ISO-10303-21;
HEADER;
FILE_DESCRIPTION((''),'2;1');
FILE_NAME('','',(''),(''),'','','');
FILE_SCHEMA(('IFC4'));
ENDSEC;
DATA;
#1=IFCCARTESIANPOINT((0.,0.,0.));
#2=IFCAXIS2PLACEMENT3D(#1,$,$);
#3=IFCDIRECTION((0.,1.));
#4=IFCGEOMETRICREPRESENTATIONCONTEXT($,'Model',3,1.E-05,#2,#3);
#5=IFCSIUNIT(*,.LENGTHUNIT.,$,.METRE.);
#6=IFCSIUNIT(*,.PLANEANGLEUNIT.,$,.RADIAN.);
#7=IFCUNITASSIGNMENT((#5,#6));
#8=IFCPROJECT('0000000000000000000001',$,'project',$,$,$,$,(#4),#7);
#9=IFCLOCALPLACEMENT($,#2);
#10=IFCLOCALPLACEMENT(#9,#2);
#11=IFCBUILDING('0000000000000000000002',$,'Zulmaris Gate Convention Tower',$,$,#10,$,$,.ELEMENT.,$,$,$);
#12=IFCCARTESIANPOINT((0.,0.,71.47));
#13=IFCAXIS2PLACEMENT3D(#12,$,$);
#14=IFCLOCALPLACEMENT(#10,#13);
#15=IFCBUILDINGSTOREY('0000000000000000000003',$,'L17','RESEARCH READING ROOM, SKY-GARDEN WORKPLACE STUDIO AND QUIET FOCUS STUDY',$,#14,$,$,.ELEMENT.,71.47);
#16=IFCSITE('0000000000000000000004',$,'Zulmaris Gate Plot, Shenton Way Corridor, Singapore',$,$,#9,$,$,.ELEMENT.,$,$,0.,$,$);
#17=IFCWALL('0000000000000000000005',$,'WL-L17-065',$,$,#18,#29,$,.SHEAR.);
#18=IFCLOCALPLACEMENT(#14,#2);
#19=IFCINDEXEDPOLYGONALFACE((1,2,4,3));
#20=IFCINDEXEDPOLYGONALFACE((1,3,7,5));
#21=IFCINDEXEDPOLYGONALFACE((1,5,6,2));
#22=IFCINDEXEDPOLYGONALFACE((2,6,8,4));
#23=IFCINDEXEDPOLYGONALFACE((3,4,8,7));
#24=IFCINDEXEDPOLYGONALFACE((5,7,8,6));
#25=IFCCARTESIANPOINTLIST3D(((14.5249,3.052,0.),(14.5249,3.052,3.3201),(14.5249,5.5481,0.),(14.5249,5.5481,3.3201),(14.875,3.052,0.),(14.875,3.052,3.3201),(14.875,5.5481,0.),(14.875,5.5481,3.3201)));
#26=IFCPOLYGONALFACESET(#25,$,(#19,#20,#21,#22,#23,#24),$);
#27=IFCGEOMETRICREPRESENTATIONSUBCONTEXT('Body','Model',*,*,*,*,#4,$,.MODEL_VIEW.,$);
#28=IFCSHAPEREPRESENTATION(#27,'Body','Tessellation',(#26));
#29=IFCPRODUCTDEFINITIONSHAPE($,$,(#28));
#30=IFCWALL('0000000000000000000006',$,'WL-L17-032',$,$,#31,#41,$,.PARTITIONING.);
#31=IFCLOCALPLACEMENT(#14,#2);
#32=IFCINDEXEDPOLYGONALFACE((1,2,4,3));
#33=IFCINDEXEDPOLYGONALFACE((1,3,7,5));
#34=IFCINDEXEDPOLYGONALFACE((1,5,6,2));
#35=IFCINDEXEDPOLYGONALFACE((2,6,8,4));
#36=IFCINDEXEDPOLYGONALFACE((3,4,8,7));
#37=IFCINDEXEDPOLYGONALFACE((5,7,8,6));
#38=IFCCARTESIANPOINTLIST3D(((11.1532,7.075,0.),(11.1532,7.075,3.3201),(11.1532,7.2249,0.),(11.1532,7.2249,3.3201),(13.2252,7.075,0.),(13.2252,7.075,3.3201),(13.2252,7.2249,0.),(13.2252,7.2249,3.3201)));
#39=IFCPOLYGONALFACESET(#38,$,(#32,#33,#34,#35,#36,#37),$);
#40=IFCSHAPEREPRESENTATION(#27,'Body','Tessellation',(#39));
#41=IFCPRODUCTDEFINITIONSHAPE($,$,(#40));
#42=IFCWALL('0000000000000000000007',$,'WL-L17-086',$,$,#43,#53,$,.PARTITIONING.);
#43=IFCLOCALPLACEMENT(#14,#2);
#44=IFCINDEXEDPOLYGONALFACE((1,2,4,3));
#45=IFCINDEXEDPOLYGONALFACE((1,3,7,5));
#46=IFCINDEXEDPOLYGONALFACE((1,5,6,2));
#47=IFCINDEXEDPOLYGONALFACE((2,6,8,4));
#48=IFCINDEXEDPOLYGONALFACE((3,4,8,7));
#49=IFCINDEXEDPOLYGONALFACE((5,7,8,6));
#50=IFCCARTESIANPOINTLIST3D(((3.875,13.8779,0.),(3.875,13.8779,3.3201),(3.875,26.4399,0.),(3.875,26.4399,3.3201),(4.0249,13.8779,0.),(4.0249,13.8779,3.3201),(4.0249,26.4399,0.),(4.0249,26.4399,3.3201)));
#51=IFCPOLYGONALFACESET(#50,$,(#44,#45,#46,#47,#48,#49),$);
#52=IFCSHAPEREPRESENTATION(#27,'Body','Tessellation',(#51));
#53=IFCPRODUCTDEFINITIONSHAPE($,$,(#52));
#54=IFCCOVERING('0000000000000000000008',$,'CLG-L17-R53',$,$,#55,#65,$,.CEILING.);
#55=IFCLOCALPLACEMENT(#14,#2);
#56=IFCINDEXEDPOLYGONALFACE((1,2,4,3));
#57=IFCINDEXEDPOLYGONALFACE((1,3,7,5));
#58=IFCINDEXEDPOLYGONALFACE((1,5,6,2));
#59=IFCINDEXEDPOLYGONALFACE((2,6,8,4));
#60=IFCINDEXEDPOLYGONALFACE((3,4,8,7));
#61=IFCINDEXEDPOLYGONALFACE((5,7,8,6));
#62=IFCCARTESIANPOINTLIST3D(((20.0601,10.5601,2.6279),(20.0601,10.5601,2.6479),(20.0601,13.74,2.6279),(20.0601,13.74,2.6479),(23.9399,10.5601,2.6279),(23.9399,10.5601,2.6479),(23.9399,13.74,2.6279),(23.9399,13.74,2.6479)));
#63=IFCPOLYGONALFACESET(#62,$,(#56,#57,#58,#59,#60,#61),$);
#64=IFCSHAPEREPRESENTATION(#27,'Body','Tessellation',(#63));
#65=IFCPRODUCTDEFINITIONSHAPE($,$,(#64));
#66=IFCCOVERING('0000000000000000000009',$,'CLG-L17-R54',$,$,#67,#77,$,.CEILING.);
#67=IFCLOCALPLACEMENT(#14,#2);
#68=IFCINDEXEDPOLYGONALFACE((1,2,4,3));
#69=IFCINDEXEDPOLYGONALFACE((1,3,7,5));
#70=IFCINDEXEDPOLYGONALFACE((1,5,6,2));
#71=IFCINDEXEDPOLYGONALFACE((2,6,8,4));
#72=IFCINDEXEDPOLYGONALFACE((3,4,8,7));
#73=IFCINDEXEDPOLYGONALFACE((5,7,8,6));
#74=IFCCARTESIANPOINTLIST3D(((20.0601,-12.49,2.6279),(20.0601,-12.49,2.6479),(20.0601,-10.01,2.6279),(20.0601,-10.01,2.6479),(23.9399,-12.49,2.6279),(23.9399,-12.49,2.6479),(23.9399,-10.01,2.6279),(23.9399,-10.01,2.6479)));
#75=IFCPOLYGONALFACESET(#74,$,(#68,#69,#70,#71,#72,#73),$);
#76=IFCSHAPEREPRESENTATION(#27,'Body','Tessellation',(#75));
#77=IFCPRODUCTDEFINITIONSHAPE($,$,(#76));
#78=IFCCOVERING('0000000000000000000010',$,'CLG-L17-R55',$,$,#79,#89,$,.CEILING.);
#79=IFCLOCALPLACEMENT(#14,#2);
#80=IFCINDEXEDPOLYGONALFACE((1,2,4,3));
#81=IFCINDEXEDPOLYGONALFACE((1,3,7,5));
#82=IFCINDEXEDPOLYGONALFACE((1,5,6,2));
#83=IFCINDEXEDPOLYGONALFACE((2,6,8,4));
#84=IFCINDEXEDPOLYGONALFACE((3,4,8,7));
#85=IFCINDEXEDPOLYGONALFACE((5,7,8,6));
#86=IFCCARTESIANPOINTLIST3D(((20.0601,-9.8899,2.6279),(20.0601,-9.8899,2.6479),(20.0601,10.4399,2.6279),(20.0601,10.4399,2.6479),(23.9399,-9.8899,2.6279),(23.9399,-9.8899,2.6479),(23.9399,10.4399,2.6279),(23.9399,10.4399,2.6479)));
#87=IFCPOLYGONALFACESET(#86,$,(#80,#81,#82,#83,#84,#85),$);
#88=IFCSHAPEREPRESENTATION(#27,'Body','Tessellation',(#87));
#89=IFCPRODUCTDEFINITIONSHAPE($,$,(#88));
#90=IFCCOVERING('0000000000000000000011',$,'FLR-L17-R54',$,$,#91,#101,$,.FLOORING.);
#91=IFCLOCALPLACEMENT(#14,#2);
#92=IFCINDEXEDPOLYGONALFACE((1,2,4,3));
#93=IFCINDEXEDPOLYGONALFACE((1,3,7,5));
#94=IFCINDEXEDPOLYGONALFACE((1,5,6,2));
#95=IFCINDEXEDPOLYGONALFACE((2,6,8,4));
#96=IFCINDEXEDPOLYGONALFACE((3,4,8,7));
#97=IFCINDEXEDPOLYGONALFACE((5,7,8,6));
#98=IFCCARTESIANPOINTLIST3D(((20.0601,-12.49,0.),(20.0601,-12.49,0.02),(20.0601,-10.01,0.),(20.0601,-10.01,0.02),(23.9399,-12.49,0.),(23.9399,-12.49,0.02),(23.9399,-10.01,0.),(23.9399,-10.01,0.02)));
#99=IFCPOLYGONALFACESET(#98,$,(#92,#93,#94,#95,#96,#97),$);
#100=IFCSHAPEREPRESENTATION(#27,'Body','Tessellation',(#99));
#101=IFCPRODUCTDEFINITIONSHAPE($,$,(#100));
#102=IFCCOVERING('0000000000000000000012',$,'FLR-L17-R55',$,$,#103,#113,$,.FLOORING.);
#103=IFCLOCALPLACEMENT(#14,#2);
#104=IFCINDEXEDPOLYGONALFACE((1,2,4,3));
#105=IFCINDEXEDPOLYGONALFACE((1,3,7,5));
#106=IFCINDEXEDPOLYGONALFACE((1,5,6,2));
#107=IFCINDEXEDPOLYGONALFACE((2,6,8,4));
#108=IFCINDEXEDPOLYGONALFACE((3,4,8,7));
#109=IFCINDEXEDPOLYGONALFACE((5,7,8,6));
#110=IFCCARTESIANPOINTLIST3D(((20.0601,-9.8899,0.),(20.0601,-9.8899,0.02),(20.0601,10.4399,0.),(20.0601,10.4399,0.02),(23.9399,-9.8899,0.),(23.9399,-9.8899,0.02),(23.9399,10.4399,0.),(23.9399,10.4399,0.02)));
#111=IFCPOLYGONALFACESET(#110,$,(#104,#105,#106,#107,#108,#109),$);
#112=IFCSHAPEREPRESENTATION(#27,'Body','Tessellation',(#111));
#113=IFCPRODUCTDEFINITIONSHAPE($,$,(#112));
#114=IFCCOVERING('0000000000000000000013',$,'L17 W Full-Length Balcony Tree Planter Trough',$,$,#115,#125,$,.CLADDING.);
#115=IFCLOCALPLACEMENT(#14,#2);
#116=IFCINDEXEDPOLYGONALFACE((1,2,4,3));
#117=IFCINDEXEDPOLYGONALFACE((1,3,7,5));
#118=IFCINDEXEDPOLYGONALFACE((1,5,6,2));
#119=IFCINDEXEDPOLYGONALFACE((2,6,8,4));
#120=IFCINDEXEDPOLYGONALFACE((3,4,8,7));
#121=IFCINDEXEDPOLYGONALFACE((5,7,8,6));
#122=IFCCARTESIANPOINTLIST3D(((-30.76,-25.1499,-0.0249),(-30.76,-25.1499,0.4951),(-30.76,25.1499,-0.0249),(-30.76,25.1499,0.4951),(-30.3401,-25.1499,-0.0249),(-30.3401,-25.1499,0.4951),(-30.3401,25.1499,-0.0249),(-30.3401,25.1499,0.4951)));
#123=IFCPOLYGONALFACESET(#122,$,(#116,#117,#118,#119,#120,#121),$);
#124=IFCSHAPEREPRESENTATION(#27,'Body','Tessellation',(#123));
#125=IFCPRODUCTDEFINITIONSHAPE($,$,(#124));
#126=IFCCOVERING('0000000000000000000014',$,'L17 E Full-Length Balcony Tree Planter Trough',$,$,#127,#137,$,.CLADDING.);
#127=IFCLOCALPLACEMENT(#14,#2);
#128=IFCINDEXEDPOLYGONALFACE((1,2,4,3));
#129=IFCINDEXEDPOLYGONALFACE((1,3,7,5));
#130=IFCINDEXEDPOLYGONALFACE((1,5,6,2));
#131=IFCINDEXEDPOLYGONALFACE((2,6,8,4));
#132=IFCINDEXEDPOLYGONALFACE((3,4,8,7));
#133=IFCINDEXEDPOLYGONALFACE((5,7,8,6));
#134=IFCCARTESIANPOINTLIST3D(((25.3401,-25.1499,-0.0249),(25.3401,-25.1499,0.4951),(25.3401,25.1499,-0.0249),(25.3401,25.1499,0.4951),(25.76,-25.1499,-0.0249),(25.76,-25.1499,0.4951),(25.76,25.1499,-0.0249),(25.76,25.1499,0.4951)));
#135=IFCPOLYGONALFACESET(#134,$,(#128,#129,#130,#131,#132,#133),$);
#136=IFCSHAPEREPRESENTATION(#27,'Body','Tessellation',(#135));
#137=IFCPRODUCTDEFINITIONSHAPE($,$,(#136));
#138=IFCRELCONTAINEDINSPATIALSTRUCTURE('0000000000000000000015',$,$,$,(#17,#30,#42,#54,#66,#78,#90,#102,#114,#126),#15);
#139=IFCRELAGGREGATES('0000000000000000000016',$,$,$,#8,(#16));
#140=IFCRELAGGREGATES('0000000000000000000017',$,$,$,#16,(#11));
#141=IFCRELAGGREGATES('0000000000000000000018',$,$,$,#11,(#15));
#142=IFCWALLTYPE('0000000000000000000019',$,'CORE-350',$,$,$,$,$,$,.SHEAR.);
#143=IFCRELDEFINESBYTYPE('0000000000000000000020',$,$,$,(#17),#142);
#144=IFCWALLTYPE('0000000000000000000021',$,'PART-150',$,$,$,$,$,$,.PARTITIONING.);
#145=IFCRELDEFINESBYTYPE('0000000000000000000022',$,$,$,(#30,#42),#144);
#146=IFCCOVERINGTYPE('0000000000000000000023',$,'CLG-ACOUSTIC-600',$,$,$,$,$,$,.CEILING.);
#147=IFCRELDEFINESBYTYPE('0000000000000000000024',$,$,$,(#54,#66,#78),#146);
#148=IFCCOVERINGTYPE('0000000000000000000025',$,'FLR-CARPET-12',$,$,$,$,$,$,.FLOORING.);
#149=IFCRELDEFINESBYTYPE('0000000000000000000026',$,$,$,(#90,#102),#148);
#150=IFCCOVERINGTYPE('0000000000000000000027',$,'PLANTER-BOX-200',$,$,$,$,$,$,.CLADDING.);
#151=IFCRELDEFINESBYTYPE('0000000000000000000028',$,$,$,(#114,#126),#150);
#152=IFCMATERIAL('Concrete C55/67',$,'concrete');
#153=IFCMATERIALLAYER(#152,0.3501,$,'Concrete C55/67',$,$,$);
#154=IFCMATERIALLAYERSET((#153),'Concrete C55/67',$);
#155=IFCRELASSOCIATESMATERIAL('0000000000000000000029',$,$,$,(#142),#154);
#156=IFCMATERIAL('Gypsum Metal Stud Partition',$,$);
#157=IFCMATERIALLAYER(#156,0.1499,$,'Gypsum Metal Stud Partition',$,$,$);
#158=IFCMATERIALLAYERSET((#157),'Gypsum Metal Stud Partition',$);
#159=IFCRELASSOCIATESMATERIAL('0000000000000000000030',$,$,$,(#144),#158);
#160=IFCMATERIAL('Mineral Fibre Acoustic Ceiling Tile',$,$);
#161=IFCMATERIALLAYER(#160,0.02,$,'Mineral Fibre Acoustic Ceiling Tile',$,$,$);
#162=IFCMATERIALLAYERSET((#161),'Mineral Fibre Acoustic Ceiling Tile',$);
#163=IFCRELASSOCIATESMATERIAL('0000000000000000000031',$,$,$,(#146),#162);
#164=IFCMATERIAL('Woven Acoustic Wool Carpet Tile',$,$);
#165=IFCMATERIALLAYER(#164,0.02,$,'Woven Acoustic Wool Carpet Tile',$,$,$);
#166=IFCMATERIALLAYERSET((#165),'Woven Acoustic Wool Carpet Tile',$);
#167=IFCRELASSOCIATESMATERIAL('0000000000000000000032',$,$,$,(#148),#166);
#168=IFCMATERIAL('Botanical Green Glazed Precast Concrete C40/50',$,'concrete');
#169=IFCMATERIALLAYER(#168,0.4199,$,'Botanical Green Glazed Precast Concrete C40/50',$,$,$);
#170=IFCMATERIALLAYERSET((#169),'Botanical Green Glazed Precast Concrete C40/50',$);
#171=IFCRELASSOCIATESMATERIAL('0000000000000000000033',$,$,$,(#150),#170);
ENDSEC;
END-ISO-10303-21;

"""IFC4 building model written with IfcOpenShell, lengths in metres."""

from ifc_helpers import new_model, si_unit, direction, frame, frame_2d, origin, place, context, subcontext, project, spatial, polyline, rectangle, outline, extrude, material, layer, layer_set, type_object, element, save


model = new_model("IFC4")

# Units and contexts
model_context = context("Model", 3, precision=1e-05, world=origin(), true_north=direction((0.0, 1.0)))
body_context = subcontext(model_context, "Body", "Model", "MODEL_VIEW")
ifc_project = project(units=[si_unit("LENGTHUNIT", "METRE"), si_unit("PLANEANGLEUNIT", "RADIAN")], contexts=[model_context])

# Site, building, storey
site_placement = place(None, origin())
site = spatial("IfcSite", under=ifc_project, at=site_placement, Name="Zulmaris Gate Plot, Shenton Way Corridor, Singapore", CompositionType="ELEMENT", RefElevation=0.0)
building_placement = place(site_placement, origin())
building = spatial("IfcBuilding", under=site, at=building_placement, Name="Zulmaris Gate Convention Tower", CompositionType="ELEMENT")
storey_placement = place(building_placement, frame((0.0, 0.0, 71.47)))
storey = spatial("IfcBuildingStorey", under=building, at=storey_placement, Name="L17", Description="RESEARCH READING ROOM, SKY-GARDEN WORKPLACE STUDIO AND QUIET FOCUS STUDY", CompositionType="ELEMENT", Elevation=71.47)

# Walls
ifc_material_1 = material(Name="Concrete C55/67", Category="concrete")
ifc_layer_1 = layer(ifc_material_1, 0.3501, Name="Concrete C55/67")
ifc_layer_set_1 = layer_set([ifc_layer_1], Name="Concrete C55/67")
wall_type_1 = type_object("IfcWallType", Name="CORE-350", PredefinedType="SHEAR", material=ifc_layer_set_1)
wall_1_placement = place(storey_placement, frame((14.7, 3.052, 0.0), z_axis=(0.0, 0.0, 1.0), x_axis=(0.0, 1.0, 0.0)))
element("IfcWall", 1, at=wall_1_placement, inside=storey, type_object=wall_type_1, Name="WL-L17-065", PredefinedType="SHEAR", context=body_context, shape_type="SweptSolid", body=[
    extrude(rectangle(XDim=2.4961, YDim=0.3501, at=frame_2d((1.248, 0.0))), origin(), (0.0, 0.0, 1.0), 3.3201),
])
ifc_material_2 = material(Name="Gypsum Metal Stud Partition")
ifc_layer_2 = layer(ifc_material_2, 0.1499, Name="Gypsum Metal Stud Partition")
ifc_layer_set_2 = layer_set([ifc_layer_2], Name="Gypsum Metal Stud Partition")
wall_type_2 = type_object("IfcWallType", Name="PART-150", PredefinedType="PARTITIONING", material=ifc_layer_set_2)
wall_2_placement = place(storey_placement, frame((11.1531, 7.1499, 0.0), z_axis=(0.0, 0.0, 1.0), x_axis=(1.0, 0.0, 0.0)))
element("IfcWall", 2, at=wall_2_placement, inside=storey, type_object=wall_type_2, Name="WL-L17-032", PredefinedType="PARTITIONING", context=body_context, shape_type="SweptSolid", body=[
    extrude(rectangle(XDim=2.072, YDim=0.1499, at=frame_2d((1.0361, 0.0))), origin(), (0.0, 0.0, 1.0), 3.3201),
])
wall_3_placement = place(storey_placement, frame((3.95, 13.8779, 0.0), z_axis=(0.0, 0.0, 1.0), x_axis=(0.0, 1.0, 0.0)))
element("IfcWall", 3, at=wall_3_placement, inside=storey, type_object=wall_type_2, Name="WL-L17-086", PredefinedType="PARTITIONING", context=body_context, shape_type="SweptSolid", body=[
    extrude(rectangle(XDim=12.562, YDim=0.1499, at=frame_2d((6.281, 0.0))), origin(), (0.0, 0.0, 1.0), 3.3201),
])

# Coverings
ifc_material_3 = material(Name="Mineral Fibre Acoustic Ceiling Tile")
ifc_layer_3 = layer(ifc_material_3, 0.02, Name="Mineral Fibre Acoustic Ceiling Tile")
ifc_layer_set_3 = layer_set([ifc_layer_3], Name="Mineral Fibre Acoustic Ceiling Tile")
covering_type_1 = type_object("IfcCoveringType", Name="CLG-ACOUSTIC-600", PredefinedType="CEILING", material=ifc_layer_set_3)
covering_1_placement = place(storey_placement, frame((0.0, 0.0, 2.6279)))
element("IfcCovering", 4, at=covering_1_placement, inside=storey, type_object=covering_type_1, Name="CLG-L17-R53", PredefinedType="CEILING", context=body_context, shape_type="SweptSolid", body=[
    extrude(outline(polyline([(20.0601, 10.5601), (23.9399, 10.5601), (23.9399, 13.74), (20.0601, 13.74), (20.0601, 10.5601)])), origin(), (0.0, 0.0, 1.0), 0.02),
])
covering_2_placement = place(storey_placement, frame((0.0, 0.0, 2.6279)))
element("IfcCovering", 5, at=covering_2_placement, inside=storey, type_object=covering_type_1, Name="CLG-L17-R54", PredefinedType="CEILING", context=body_context, shape_type="SweptSolid", body=[
    extrude(outline(polyline([(20.0601, -12.49), (23.9399, -12.49), (23.9399, -10.01), (20.0601, -10.01), (20.0601, -12.49)])), origin(), (0.0, 0.0, 1.0), 0.02),
])
covering_3_placement = place(storey_placement, frame((0.0, 0.0, 2.6279)))
element("IfcCovering", 6, at=covering_3_placement, inside=storey, type_object=covering_type_1, Name="CLG-L17-R55", PredefinedType="CEILING", context=body_context, shape_type="SweptSolid", body=[
    extrude(outline(polyline([(20.0601, -9.8899), (23.9399, -9.8899), (23.9399, 10.4399), (20.0601, 10.4399), (20.0601, -9.8899)])), origin(), (0.0, 0.0, 1.0), 0.02),
])
ifc_material_4 = material(Name="Woven Acoustic Wool Carpet Tile")
ifc_layer_4 = layer(ifc_material_4, 0.02, Name="Woven Acoustic Wool Carpet Tile")
ifc_layer_set_4 = layer_set([ifc_layer_4], Name="Woven Acoustic Wool Carpet Tile")
covering_type_2 = type_object("IfcCoveringType", Name="FLR-CARPET-12", PredefinedType="FLOORING", material=ifc_layer_set_4)
covering_4_placement = place(storey_placement, origin())
element("IfcCovering", 7, at=covering_4_placement, inside=storey, type_object=covering_type_2, Name="FLR-L17-R54", PredefinedType="FLOORING", context=body_context, shape_type="SweptSolid", body=[
    extrude(outline(polyline([(20.0601, -12.49), (23.9399, -12.49), (23.9399, -10.01), (20.0601, -10.01), (20.0601, -12.49)])), origin(), (0.0, 0.0, 1.0), 0.02),
])
covering_5_placement = place(storey_placement, origin())
element("IfcCovering", 8, at=covering_5_placement, inside=storey, type_object=covering_type_2, Name="FLR-L17-R55", PredefinedType="FLOORING", context=body_context, shape_type="SweptSolid", body=[
    extrude(outline(polyline([(20.0601, -9.8899), (23.9399, -9.8899), (23.9399, 10.4399), (20.0601, 10.4399), (20.0601, -9.8899)])), origin(), (0.0, 0.0, 1.0), 0.02),
])
ifc_material_5 = material(Name="Botanical Green Glazed Precast Concrete C40/50", Category="concrete")
ifc_layer_5 = layer(ifc_material_5, 0.4199, Name="Botanical Green Glazed Precast Concrete C40/50")
ifc_layer_set_5 = layer_set([ifc_layer_5], Name="Botanical Green Glazed Precast Concrete C40/50")
covering_type_3 = type_object("IfcCoveringType", Name="PLANTER-BOX-200", PredefinedType="CLADDING", material=ifc_layer_set_5)
covering_6_placement = place(storey_placement, frame((0.0, 0.0, -0.0249)))
element("IfcCovering", 9, at=covering_6_placement, inside=storey, type_object=covering_type_3, Name="L17 W Full-Length Balcony Tree Planter Trough", PredefinedType="CLADDING", context=body_context, shape_type="SweptSolid", body=[
    extrude(outline(polyline([(-30.76, -25.1499), (-30.3401, -25.1499), (-30.3401, 25.1499), (-30.76, 25.1499), (-30.76, -25.1499)])), origin(), (0.0, 0.0, 1.0), 0.52),
])
covering_7_placement = place(storey_placement, frame((0.0, 0.0, -0.0249)))
element("IfcCovering", 10, at=covering_7_placement, inside=storey, type_object=covering_type_3, Name="L17 E Full-Length Balcony Tree Planter Trough", PredefinedType="CLADDING", context=body_context, shape_type="SweptSolid", body=[
    extrude(outline(polyline([(25.3401, -25.1499), (25.76, -25.1499), (25.76, 25.1499), (25.3401, 25.1499), (25.3401, -25.1499)])), origin(), (0.0, 0.0, 1.0), 0.52),
])

save(model, "model.ifc")
